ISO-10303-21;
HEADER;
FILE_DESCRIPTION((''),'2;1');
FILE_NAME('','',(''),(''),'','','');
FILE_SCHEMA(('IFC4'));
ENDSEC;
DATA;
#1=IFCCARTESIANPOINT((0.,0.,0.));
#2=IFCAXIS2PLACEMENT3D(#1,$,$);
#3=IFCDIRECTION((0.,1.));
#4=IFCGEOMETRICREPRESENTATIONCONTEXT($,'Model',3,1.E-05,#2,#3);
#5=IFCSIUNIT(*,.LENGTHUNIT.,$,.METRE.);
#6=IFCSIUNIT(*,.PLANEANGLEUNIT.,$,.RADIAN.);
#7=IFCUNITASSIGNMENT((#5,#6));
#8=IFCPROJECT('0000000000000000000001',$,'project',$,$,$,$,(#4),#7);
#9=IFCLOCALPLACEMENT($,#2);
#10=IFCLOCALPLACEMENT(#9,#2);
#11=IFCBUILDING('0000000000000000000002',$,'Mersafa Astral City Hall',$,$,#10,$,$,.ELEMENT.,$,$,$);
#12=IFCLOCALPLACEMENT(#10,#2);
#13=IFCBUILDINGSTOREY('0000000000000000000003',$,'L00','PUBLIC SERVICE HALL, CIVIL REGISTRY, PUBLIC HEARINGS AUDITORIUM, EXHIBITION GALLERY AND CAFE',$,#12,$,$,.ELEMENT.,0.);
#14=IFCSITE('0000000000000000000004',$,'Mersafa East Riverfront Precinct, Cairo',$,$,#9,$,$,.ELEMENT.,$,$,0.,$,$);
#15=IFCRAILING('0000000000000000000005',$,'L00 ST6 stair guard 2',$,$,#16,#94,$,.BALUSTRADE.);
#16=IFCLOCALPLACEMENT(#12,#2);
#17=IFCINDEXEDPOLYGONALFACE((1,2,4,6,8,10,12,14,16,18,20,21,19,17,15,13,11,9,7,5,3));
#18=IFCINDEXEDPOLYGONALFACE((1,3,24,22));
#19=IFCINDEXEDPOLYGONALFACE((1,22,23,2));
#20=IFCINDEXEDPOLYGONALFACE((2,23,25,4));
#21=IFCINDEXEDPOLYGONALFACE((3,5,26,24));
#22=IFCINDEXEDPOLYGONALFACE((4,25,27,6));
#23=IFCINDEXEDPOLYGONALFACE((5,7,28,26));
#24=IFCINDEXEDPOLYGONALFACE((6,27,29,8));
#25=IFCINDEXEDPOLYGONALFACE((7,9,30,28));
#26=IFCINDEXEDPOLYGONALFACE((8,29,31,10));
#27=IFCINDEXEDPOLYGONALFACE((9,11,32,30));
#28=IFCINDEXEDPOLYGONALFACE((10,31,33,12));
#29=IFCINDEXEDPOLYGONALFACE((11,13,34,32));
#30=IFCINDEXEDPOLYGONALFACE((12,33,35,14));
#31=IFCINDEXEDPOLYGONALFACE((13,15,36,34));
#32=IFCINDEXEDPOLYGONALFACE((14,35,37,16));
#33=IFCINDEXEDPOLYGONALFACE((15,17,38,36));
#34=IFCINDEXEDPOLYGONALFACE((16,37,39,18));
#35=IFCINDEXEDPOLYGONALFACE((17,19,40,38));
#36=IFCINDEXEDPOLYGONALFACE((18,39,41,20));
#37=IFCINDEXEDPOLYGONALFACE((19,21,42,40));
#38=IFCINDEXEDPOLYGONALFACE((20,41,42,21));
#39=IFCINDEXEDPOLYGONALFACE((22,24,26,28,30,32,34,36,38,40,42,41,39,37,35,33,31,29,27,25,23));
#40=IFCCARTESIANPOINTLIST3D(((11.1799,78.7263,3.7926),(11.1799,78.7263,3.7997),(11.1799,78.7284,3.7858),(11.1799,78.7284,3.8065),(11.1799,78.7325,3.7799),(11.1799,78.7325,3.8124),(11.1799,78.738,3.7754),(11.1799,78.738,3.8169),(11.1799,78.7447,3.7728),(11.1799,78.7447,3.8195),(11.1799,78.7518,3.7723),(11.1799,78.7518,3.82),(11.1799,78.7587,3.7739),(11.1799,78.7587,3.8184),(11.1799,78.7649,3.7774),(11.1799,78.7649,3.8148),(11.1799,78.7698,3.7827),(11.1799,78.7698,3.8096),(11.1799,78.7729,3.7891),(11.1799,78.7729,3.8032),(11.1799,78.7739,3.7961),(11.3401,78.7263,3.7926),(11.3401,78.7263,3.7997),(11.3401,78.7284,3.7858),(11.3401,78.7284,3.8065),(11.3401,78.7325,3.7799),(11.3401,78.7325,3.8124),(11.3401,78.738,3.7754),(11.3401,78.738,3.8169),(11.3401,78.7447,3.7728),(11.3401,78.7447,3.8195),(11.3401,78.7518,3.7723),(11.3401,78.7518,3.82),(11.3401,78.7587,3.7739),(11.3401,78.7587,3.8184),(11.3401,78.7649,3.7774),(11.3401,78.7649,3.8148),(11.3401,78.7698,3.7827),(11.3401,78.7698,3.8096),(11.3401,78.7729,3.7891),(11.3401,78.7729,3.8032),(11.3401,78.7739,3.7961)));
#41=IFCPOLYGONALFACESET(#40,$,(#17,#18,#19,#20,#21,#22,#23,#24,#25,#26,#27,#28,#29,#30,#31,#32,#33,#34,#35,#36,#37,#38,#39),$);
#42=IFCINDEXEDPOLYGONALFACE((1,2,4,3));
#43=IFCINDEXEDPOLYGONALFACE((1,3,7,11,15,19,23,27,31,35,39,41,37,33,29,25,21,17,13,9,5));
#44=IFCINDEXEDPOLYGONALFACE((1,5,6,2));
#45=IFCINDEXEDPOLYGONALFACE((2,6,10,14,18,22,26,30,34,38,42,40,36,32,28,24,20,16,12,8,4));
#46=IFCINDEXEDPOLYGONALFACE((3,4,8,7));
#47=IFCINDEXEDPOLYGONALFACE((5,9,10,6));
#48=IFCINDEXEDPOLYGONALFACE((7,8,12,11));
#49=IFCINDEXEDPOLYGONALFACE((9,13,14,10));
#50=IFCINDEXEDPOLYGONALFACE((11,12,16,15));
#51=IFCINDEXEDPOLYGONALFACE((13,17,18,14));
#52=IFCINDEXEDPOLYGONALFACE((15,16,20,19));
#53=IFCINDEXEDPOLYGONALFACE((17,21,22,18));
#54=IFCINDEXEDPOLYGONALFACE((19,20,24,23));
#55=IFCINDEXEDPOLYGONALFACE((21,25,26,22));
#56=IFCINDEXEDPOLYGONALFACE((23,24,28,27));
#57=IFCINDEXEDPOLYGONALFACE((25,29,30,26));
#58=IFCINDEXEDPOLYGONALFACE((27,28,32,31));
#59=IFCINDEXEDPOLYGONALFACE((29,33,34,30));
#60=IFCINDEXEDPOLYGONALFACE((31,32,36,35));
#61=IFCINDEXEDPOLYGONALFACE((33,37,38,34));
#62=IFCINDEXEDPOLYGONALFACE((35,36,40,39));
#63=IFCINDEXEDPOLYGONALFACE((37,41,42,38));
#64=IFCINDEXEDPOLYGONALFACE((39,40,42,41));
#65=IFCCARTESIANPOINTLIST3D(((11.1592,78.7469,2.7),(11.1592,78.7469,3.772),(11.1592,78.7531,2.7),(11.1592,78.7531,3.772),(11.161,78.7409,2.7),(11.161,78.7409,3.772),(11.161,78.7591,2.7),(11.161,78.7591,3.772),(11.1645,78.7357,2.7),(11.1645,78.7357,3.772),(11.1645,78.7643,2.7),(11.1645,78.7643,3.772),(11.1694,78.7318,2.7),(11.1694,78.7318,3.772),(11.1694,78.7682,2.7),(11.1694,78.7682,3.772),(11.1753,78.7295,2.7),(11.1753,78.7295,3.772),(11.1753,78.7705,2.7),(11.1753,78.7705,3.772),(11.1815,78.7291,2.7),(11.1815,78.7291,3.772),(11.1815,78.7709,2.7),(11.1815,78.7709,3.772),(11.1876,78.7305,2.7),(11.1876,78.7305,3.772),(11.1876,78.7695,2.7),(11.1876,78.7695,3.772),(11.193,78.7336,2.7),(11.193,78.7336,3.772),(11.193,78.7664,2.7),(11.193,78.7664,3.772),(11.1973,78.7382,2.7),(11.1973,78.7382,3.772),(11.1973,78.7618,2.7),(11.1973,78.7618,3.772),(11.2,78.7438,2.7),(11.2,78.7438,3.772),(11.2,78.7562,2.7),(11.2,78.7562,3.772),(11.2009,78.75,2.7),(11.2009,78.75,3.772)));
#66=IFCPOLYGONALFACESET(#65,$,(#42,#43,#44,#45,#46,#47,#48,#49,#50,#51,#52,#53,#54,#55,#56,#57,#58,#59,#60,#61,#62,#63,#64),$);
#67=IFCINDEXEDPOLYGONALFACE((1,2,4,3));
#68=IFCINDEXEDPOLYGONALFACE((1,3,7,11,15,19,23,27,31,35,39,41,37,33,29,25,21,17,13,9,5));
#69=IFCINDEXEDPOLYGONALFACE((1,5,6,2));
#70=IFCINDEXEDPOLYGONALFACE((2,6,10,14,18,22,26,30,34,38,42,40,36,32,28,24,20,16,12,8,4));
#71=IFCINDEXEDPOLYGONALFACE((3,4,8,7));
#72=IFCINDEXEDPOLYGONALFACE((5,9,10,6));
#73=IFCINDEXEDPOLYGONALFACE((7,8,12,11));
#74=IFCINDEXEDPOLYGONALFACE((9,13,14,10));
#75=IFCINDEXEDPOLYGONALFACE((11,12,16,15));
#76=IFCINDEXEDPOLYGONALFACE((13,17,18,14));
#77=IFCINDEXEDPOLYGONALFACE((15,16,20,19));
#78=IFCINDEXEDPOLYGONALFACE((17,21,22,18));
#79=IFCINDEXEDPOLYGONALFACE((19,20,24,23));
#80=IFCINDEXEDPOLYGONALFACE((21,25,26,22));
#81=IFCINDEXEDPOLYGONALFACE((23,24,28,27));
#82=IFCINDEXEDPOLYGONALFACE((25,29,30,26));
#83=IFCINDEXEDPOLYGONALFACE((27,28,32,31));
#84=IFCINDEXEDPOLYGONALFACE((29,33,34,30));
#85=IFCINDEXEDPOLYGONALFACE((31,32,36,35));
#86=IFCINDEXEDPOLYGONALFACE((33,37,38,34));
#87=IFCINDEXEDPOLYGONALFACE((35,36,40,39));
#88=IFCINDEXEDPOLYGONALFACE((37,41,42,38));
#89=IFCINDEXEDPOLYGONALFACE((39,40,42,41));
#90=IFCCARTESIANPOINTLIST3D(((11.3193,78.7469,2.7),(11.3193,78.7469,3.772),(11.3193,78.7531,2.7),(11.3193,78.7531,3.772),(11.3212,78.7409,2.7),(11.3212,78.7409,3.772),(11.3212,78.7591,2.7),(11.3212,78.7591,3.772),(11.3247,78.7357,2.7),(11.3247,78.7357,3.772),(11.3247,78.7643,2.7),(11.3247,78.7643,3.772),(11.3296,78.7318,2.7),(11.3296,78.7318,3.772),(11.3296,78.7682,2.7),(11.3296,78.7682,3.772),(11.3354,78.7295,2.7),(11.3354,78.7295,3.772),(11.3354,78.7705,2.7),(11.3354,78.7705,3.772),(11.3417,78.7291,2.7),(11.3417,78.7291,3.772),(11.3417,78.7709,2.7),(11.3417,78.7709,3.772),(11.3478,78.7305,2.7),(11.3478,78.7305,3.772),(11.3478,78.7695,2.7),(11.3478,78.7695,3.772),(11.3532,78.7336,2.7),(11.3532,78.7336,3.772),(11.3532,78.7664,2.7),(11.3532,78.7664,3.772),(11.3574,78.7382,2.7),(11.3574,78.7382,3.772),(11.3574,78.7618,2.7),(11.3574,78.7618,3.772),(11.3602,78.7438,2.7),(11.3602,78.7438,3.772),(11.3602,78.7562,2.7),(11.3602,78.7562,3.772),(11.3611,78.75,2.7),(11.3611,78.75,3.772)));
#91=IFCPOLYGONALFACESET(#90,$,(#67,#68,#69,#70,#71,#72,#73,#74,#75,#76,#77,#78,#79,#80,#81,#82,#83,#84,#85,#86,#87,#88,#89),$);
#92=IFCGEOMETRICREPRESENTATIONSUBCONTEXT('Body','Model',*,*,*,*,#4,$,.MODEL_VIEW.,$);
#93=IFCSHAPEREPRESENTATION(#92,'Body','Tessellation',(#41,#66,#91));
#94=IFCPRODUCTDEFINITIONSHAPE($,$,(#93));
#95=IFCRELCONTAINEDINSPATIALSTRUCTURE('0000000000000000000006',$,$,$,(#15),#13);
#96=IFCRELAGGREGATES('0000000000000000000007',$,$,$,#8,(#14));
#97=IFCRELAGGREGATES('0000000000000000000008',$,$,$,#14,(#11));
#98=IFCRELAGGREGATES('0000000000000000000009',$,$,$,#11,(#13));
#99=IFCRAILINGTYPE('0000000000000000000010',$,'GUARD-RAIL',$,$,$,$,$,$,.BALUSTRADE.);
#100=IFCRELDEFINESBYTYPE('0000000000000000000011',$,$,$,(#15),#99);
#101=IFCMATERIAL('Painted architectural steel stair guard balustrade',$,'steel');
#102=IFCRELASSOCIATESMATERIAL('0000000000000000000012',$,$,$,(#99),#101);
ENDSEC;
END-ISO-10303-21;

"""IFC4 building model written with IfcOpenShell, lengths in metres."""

from ifc_helpers import new_model, si_unit, direction, frame, origin, origin_2d, place, context, subcontext, project, spatial, circle, extrude, material, type_object, element, save


model = new_model("IFC4")

# Units and contexts
model_context = context("Model", 3, precision=1e-05, world=origin(), true_north=direction((0.0, 1.0)))
body_context = subcontext(model_context, "Body", "Model", "MODEL_VIEW")
ifc_project = project(units=[si_unit("LENGTHUNIT", "METRE"), si_unit("PLANEANGLEUNIT", "RADIAN")], contexts=[model_context])

# Site, building, storey
site_placement = place(None, origin())
site = spatial("IfcSite", under=ifc_project, at=site_placement, Name="Mersafa East Riverfront Precinct, Cairo", CompositionType="ELEMENT", RefElevation=0.0)
building_placement = place(site_placement, origin())
building = spatial("IfcBuilding", under=site, at=building_placement, Name="Mersafa Astral City Hall", CompositionType="ELEMENT")
storey_placement = place(building_placement, origin())
storey = spatial("IfcBuildingStorey", under=building, at=storey_placement, Name="L00", Description="PUBLIC SERVICE HALL, CIVIL REGISTRY, PUBLIC HEARINGS AUDITORIUM, EXHIBITION GALLERY AND CAFE", CompositionType="ELEMENT", Elevation=0.0)

# Railing
ifc_material_1 = material(Name="Painted architectural steel stair guard balustrade", Category="steel")
railing_type_1 = type_object("IfcRailingType", Name="GUARD-RAIL", PredefinedType="BALUSTRADE", material=ifc_material_1)
railing_1_placement = place(storey_placement, frame((11.1799, 78.75, 2.7)))
element("IfcRailing", 1, at=railing_1_placement, inside=storey, type_object=railing_type_1, Name="L00 ST6 stair guard 2", PredefinedType="BALUSTRADE", context=body_context, shape_type="SweptSolid", body=[
    extrude(circle(Radius=0.0239, at=origin_2d()), frame((0.0, 0.0, 1.0962), z_axis=(1.0, 0.0, 0.0), x_axis=(0.0, 1.0, 0.0)), (0.0, 0.0, 1.0), 0.1602),
    extrude(circle(Radius=0.021, at=origin_2d()), origin(), (0.0, 0.0, 1.0), 1.072),
    extrude(circle(Radius=0.021, at=origin_2d()), frame((0.1602, 0.0, 0.0)), (0.0, 0.0, 1.0), 1.072),
])

save(model, "model.ifc")
